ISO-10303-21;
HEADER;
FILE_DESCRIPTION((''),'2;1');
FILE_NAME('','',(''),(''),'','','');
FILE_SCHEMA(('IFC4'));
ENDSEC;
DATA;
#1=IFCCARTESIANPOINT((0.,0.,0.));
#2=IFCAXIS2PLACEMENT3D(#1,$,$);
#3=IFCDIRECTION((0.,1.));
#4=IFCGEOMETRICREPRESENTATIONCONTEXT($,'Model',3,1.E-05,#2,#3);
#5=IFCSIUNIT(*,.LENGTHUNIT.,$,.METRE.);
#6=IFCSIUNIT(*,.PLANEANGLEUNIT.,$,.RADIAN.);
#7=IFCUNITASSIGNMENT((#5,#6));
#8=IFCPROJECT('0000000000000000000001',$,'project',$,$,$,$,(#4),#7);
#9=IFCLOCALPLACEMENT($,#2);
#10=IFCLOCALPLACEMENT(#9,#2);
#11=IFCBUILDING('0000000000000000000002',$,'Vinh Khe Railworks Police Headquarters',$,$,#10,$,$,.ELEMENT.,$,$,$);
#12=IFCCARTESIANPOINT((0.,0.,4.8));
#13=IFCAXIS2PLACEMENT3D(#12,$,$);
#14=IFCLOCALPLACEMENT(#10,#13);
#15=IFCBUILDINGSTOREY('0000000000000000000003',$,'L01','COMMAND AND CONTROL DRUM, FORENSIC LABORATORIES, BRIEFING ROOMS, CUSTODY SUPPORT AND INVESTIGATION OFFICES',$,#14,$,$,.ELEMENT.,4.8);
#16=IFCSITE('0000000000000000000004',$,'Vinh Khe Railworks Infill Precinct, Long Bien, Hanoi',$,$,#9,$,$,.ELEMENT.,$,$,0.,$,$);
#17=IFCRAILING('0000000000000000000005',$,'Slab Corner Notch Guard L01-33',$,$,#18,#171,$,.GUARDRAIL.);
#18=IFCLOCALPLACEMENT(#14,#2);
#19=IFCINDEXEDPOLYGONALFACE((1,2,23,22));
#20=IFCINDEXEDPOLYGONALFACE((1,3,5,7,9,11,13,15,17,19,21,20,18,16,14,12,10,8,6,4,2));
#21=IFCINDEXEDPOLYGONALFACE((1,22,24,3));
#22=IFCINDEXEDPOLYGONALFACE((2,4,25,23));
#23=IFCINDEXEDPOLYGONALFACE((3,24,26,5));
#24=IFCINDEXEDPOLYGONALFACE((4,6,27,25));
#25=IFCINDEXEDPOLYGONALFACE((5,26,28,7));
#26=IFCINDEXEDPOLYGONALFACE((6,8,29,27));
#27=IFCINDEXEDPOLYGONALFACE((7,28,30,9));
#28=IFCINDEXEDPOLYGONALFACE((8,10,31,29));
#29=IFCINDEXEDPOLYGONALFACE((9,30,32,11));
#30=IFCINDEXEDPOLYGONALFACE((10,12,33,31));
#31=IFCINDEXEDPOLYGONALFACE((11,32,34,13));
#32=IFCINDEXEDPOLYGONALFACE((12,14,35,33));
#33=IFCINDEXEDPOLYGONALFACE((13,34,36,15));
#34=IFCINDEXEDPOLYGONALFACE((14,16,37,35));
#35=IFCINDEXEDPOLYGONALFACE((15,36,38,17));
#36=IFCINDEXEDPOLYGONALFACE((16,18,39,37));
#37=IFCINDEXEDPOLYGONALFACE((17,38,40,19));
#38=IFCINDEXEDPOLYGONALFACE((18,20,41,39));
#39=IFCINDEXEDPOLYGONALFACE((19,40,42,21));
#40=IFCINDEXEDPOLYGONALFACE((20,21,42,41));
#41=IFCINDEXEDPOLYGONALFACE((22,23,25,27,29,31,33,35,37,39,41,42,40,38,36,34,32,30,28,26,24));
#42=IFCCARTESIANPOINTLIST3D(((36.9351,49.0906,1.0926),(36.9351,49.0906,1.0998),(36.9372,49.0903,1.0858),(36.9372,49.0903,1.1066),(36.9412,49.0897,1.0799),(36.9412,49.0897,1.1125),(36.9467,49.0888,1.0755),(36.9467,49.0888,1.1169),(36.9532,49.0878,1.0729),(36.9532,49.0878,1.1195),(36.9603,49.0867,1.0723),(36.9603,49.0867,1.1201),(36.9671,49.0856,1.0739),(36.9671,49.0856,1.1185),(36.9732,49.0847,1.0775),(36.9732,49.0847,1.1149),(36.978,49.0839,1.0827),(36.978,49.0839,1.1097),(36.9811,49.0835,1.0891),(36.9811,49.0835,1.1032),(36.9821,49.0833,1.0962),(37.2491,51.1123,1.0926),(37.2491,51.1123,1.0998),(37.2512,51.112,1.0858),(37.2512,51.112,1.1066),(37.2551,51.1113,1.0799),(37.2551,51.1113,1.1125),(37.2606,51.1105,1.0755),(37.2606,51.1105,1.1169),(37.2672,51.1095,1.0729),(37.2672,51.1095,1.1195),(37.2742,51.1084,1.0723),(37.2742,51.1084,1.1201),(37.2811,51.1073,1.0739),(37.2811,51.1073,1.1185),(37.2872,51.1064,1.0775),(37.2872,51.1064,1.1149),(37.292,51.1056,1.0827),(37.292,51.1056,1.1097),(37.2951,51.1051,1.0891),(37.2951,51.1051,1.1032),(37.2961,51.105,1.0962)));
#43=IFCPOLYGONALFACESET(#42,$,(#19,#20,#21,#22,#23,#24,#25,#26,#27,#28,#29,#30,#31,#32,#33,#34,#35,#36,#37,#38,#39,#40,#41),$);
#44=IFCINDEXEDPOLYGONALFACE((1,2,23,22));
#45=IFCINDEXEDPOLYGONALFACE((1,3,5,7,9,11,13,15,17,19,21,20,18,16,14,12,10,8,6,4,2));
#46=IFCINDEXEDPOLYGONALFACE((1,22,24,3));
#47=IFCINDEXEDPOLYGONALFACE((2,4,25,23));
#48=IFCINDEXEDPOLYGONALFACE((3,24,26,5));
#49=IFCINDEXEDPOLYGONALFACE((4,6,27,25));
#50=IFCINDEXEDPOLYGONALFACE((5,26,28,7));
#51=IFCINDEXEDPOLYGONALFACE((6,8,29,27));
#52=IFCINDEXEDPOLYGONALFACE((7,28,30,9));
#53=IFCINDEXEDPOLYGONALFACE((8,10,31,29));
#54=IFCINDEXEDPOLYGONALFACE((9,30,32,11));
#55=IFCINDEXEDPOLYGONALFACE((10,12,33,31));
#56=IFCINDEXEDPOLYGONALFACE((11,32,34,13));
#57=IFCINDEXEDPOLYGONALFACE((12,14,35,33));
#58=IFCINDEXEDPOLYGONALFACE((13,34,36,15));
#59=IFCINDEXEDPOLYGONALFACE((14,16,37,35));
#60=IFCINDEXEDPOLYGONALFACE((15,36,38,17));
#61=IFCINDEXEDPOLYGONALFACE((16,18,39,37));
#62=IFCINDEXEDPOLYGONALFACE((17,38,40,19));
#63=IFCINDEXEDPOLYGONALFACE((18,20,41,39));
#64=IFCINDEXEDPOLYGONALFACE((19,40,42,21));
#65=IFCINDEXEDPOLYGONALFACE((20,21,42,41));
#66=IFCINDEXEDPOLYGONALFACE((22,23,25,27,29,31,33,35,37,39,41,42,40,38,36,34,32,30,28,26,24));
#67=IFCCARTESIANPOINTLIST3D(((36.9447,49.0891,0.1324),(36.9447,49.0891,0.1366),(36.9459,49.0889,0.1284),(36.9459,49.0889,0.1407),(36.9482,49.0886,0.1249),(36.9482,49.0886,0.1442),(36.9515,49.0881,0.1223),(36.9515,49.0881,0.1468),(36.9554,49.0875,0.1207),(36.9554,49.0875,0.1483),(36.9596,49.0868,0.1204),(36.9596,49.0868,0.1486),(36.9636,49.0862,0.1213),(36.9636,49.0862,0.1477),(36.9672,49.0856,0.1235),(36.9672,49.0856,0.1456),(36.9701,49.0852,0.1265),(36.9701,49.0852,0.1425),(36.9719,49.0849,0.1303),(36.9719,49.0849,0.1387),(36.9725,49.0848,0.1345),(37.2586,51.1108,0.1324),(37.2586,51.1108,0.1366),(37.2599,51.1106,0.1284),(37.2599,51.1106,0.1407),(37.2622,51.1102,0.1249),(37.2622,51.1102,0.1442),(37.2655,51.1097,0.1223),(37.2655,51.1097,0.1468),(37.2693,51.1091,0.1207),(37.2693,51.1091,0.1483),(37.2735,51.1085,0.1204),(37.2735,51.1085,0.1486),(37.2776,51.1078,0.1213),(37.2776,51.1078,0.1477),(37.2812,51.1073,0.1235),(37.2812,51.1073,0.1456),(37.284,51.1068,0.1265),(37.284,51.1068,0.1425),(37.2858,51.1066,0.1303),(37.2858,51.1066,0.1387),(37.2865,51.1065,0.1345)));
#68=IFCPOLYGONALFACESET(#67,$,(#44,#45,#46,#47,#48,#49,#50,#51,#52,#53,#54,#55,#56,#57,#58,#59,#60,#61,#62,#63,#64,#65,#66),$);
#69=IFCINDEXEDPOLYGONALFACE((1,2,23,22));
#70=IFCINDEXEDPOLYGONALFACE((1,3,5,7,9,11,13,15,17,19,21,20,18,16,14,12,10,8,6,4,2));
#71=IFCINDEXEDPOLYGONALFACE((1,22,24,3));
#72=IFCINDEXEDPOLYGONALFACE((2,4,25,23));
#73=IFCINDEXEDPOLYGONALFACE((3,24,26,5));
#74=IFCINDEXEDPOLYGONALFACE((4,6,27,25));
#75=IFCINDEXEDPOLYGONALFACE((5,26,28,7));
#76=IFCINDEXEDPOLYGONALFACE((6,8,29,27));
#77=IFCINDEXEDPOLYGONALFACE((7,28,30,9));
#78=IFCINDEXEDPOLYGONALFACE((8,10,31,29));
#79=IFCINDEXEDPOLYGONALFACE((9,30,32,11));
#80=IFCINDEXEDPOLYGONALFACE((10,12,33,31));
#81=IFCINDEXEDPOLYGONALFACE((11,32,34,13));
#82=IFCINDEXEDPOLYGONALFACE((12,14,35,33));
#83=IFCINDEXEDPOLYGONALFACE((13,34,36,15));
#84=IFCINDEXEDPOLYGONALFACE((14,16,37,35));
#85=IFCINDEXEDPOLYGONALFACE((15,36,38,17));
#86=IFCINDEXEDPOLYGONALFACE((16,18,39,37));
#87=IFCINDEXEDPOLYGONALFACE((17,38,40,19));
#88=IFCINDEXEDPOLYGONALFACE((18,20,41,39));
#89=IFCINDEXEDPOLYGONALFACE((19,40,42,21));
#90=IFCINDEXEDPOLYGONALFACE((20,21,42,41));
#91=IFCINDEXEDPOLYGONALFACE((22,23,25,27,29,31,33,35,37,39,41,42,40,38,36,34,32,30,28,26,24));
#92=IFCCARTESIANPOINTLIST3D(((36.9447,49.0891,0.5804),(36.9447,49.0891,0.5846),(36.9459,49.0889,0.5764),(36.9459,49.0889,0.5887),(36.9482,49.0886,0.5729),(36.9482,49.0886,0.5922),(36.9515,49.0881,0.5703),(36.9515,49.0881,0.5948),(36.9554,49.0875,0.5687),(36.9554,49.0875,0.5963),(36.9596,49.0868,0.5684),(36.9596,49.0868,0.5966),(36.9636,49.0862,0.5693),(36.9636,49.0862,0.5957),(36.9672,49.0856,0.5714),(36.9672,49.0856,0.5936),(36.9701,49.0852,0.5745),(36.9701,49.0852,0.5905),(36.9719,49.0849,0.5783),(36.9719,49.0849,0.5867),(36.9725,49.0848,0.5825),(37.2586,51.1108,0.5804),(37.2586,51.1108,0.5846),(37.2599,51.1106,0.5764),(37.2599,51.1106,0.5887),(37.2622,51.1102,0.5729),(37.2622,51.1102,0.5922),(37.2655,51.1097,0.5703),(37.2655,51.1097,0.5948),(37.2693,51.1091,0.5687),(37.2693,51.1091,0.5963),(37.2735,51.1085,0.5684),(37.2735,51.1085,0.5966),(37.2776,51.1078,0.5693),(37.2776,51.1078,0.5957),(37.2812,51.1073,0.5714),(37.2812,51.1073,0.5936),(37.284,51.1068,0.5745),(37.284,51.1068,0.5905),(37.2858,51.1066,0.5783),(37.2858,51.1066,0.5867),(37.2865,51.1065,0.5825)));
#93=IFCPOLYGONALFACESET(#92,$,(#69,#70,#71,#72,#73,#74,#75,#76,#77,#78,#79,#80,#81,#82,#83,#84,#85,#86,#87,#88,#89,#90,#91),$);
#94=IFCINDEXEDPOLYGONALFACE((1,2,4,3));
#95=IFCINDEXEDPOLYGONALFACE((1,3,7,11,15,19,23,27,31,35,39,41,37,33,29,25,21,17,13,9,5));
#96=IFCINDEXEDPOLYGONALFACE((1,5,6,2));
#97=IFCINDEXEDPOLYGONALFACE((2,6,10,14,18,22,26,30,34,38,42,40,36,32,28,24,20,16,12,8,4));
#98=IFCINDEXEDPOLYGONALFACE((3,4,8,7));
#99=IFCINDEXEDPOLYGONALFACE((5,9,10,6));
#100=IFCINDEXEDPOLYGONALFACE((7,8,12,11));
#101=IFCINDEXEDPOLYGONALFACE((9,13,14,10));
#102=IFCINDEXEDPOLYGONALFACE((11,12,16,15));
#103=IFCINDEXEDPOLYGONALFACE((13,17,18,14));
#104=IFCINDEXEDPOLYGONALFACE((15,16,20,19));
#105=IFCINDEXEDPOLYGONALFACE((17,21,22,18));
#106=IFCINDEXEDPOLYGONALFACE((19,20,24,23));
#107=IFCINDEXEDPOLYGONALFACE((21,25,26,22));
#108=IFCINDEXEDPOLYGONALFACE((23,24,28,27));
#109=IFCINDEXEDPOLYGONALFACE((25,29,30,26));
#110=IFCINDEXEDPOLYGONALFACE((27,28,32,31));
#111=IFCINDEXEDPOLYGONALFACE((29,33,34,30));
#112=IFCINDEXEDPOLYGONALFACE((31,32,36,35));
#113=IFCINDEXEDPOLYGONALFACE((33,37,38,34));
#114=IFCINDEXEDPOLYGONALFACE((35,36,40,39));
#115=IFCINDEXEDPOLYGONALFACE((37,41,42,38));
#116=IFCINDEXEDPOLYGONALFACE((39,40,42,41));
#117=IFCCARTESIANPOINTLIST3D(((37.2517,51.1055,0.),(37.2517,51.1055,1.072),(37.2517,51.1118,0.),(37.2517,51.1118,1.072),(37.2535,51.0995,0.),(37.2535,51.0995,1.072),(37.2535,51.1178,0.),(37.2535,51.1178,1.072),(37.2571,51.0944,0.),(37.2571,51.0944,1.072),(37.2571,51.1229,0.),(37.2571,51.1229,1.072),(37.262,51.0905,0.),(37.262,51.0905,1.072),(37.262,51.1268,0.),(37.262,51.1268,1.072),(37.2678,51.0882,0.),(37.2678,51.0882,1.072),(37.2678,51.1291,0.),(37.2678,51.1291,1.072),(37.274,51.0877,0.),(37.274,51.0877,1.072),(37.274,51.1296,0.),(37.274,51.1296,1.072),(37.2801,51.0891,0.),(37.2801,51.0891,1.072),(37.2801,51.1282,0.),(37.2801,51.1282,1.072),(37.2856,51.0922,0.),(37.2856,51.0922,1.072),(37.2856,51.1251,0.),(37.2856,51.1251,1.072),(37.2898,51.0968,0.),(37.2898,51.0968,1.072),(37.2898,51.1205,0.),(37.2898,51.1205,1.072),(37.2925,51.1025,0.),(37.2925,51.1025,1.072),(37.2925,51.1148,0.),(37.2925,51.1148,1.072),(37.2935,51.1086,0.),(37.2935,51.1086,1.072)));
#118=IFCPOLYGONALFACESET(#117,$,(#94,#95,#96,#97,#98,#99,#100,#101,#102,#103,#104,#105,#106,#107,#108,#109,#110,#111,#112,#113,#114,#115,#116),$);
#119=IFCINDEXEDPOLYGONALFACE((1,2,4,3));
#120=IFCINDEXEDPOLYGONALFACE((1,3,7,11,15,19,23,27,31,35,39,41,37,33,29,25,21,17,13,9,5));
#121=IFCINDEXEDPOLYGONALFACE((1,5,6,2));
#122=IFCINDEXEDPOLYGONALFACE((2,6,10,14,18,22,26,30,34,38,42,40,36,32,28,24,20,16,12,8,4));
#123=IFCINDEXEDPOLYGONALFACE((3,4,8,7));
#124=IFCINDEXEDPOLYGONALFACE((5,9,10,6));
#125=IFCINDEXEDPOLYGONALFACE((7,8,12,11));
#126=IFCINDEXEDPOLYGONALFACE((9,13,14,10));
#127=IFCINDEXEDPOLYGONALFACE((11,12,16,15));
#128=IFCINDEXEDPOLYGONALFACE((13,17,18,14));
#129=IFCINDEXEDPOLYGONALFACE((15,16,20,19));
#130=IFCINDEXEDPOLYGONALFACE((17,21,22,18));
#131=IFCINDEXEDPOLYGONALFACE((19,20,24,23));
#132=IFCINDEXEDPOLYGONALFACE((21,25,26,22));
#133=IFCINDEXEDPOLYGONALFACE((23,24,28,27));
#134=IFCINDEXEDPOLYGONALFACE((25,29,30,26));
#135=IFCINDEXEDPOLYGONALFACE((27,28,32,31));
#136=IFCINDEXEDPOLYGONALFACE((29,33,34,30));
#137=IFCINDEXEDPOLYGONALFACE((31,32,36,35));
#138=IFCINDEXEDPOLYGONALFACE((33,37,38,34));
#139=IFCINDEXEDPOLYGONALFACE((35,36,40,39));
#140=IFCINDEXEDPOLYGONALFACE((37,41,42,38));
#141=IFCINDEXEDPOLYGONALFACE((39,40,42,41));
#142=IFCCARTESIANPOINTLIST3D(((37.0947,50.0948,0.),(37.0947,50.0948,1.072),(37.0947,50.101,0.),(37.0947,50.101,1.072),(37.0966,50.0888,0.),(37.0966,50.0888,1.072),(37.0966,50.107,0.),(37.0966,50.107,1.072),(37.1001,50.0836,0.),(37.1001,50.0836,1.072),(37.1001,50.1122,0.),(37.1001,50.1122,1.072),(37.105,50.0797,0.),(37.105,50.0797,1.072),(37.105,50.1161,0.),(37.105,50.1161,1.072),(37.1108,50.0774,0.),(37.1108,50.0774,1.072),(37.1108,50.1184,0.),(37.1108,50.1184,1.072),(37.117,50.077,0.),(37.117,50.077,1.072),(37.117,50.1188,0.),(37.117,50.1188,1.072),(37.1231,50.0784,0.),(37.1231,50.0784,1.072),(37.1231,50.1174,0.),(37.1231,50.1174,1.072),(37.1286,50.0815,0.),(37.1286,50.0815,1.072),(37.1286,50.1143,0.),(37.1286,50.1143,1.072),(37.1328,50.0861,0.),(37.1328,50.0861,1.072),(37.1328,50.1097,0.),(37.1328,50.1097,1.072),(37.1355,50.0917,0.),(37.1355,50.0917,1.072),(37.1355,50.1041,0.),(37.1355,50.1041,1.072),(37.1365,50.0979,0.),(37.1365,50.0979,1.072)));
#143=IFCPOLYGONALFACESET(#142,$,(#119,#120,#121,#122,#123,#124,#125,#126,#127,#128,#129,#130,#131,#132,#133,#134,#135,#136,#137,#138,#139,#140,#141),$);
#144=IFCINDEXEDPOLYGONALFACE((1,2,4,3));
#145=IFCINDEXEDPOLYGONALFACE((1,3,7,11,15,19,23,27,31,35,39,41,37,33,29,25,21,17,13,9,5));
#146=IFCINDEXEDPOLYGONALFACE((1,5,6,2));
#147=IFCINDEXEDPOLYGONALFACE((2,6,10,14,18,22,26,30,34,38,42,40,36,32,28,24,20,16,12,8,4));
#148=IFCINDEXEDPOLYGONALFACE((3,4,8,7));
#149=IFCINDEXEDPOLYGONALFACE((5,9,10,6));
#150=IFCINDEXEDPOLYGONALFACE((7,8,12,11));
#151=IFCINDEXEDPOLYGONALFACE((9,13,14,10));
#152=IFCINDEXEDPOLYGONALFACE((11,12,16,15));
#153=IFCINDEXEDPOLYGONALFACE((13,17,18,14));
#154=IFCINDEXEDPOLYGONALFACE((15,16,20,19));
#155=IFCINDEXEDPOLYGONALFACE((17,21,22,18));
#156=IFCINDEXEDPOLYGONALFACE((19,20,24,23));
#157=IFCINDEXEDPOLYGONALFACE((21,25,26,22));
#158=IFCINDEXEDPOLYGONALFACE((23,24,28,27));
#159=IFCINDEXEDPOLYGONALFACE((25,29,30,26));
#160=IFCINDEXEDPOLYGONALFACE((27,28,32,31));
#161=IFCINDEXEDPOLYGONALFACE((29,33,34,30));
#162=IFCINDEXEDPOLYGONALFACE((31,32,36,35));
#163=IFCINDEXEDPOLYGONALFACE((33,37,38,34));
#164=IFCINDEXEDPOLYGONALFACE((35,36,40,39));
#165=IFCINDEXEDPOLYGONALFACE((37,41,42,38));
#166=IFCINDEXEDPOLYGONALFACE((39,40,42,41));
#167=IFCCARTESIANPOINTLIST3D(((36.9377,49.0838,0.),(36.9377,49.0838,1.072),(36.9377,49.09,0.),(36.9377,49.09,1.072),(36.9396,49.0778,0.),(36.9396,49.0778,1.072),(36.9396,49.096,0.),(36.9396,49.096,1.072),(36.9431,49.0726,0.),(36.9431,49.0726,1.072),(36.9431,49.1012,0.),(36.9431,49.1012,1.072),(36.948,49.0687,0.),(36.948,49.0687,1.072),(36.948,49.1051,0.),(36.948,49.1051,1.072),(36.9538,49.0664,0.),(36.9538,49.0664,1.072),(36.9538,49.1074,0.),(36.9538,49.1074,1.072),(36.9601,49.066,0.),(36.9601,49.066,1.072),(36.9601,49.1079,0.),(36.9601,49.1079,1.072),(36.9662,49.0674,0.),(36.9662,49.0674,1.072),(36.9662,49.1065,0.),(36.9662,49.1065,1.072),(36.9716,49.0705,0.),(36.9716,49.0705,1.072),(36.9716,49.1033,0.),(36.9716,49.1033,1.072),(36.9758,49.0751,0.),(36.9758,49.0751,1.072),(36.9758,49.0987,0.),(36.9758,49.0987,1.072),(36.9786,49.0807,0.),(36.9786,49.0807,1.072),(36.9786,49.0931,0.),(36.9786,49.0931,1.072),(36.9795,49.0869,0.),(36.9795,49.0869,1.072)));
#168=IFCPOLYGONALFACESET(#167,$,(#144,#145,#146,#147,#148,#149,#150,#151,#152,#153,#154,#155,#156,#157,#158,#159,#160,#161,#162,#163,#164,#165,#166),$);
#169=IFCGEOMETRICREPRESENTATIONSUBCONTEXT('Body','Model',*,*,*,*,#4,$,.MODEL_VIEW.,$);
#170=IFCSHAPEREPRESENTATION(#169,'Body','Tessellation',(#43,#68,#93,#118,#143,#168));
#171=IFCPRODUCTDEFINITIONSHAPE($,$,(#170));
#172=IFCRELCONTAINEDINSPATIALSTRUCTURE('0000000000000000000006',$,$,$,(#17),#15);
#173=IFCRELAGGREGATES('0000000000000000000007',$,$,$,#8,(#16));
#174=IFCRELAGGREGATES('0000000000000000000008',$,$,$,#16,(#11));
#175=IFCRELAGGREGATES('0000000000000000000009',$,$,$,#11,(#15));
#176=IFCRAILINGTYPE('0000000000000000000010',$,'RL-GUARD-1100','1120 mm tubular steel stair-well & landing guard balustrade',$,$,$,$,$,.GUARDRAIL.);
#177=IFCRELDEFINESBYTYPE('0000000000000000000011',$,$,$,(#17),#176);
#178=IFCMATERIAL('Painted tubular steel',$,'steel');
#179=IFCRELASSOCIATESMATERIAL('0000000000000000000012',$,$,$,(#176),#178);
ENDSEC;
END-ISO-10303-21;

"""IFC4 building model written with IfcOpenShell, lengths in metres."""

from ifc_helpers import new_model, si_unit, direction, frame, origin, origin_2d, place, context, subcontext, project, spatial, circle, extrude, material, type_object, element, save


model = new_model("IFC4")

# Units and contexts
model_context = context("Model", 3, precision=1e-05, world=origin(), true_north=direction((0.0, 1.0)))
body_context = subcontext(model_context, "Body", "Model", "MODEL_VIEW")
ifc_project = project(units=[si_unit("LENGTHUNIT", "METRE"), si_unit("PLANEANGLEUNIT", "RADIAN")], contexts=[model_context])

# Site, building, storey
site_placement = place(None, origin())
site = spatial("IfcSite", under=ifc_project, at=site_placement, Name="Vinh Khe Railworks Infill Precinct, Long Bien, Hanoi", CompositionType="ELEMENT", RefElevation=0.0)
building_placement = place(site_placement, origin())
building = spatial("IfcBuilding", under=site, at=building_placement, Name="Vinh Khe Railworks Police Headquarters", CompositionType="ELEMENT")
storey_placement = place(building_placement, frame((0.0, 0.0, 4.8)))
storey = spatial("IfcBuildingStorey", under=building, at=storey_placement, Name="L01", Description="COMMAND AND CONTROL DRUM, FORENSIC LABORATORIES, BRIEFING ROOMS, CUSTODY SUPPORT AND INVESTIGATION OFFICES", CompositionType="ELEMENT", Elevation=4.8)

# Railing
ifc_material_1 = material(Name="Painted tubular steel", Category="steel")
railing_type = type_object("IfcRailingType", Name="RL-GUARD-1100", Description="1120 mm tubular steel stair-well & landing guard balustrade", PredefinedType="GUARDRAIL", material=ifc_material_1)
railing_1_placement = place(storey_placement, frame((37.2725, 51.1086, 0.0)))
element("IfcRailing", 1, at=railing_1_placement, inside=storey, type_object=railing_type, Name="Slab Corner Notch Guard L01-33", PredefinedType="GUARDRAIL", context=body_context, shape_type="SweptSolid", body=[
    extrude(circle(Radius=0.0239, at=origin_2d()), frame((0.0, 0.0, 1.0962), z_axis=(-0.153456, -0.988156, 0.0), x_axis=(0.988156, -0.153456, 0.0)), (0.0, 0.0, 1.0), 2.0459),
    extrude(circle(Radius=0.0142, at=origin_2d()), frame((0.0, 0.0, 0.1345), z_axis=(-0.153456, -0.988156, 0.0), x_axis=(0.988156, -0.153456, 0.0)), (0.0, 0.0, 1.0), 2.0459),
    extrude(circle(Radius=0.0142, at=origin_2d()), frame((0.0, 0.0, 0.5825), z_axis=(-0.153456, -0.988156, 0.0), x_axis=(0.988156, -0.153456, 0.0)), (0.0, 0.0, 1.0), 2.0459),
    extrude(circle(Radius=0.021, at=origin_2d()), origin(), (0.0, 0.0, 1.0), 1.072),
    extrude(circle(Radius=0.021, at=origin_2d()), frame((-0.157, -1.0107, 0.0)), (0.0, 0.0, 1.0), 1.072),
    extrude(circle(Radius=0.021, at=origin_2d()), frame((-0.314, -2.0217, 0.0)), (0.0, 0.0, 1.0), 1.072),
])

save(model, "model.ifc")
